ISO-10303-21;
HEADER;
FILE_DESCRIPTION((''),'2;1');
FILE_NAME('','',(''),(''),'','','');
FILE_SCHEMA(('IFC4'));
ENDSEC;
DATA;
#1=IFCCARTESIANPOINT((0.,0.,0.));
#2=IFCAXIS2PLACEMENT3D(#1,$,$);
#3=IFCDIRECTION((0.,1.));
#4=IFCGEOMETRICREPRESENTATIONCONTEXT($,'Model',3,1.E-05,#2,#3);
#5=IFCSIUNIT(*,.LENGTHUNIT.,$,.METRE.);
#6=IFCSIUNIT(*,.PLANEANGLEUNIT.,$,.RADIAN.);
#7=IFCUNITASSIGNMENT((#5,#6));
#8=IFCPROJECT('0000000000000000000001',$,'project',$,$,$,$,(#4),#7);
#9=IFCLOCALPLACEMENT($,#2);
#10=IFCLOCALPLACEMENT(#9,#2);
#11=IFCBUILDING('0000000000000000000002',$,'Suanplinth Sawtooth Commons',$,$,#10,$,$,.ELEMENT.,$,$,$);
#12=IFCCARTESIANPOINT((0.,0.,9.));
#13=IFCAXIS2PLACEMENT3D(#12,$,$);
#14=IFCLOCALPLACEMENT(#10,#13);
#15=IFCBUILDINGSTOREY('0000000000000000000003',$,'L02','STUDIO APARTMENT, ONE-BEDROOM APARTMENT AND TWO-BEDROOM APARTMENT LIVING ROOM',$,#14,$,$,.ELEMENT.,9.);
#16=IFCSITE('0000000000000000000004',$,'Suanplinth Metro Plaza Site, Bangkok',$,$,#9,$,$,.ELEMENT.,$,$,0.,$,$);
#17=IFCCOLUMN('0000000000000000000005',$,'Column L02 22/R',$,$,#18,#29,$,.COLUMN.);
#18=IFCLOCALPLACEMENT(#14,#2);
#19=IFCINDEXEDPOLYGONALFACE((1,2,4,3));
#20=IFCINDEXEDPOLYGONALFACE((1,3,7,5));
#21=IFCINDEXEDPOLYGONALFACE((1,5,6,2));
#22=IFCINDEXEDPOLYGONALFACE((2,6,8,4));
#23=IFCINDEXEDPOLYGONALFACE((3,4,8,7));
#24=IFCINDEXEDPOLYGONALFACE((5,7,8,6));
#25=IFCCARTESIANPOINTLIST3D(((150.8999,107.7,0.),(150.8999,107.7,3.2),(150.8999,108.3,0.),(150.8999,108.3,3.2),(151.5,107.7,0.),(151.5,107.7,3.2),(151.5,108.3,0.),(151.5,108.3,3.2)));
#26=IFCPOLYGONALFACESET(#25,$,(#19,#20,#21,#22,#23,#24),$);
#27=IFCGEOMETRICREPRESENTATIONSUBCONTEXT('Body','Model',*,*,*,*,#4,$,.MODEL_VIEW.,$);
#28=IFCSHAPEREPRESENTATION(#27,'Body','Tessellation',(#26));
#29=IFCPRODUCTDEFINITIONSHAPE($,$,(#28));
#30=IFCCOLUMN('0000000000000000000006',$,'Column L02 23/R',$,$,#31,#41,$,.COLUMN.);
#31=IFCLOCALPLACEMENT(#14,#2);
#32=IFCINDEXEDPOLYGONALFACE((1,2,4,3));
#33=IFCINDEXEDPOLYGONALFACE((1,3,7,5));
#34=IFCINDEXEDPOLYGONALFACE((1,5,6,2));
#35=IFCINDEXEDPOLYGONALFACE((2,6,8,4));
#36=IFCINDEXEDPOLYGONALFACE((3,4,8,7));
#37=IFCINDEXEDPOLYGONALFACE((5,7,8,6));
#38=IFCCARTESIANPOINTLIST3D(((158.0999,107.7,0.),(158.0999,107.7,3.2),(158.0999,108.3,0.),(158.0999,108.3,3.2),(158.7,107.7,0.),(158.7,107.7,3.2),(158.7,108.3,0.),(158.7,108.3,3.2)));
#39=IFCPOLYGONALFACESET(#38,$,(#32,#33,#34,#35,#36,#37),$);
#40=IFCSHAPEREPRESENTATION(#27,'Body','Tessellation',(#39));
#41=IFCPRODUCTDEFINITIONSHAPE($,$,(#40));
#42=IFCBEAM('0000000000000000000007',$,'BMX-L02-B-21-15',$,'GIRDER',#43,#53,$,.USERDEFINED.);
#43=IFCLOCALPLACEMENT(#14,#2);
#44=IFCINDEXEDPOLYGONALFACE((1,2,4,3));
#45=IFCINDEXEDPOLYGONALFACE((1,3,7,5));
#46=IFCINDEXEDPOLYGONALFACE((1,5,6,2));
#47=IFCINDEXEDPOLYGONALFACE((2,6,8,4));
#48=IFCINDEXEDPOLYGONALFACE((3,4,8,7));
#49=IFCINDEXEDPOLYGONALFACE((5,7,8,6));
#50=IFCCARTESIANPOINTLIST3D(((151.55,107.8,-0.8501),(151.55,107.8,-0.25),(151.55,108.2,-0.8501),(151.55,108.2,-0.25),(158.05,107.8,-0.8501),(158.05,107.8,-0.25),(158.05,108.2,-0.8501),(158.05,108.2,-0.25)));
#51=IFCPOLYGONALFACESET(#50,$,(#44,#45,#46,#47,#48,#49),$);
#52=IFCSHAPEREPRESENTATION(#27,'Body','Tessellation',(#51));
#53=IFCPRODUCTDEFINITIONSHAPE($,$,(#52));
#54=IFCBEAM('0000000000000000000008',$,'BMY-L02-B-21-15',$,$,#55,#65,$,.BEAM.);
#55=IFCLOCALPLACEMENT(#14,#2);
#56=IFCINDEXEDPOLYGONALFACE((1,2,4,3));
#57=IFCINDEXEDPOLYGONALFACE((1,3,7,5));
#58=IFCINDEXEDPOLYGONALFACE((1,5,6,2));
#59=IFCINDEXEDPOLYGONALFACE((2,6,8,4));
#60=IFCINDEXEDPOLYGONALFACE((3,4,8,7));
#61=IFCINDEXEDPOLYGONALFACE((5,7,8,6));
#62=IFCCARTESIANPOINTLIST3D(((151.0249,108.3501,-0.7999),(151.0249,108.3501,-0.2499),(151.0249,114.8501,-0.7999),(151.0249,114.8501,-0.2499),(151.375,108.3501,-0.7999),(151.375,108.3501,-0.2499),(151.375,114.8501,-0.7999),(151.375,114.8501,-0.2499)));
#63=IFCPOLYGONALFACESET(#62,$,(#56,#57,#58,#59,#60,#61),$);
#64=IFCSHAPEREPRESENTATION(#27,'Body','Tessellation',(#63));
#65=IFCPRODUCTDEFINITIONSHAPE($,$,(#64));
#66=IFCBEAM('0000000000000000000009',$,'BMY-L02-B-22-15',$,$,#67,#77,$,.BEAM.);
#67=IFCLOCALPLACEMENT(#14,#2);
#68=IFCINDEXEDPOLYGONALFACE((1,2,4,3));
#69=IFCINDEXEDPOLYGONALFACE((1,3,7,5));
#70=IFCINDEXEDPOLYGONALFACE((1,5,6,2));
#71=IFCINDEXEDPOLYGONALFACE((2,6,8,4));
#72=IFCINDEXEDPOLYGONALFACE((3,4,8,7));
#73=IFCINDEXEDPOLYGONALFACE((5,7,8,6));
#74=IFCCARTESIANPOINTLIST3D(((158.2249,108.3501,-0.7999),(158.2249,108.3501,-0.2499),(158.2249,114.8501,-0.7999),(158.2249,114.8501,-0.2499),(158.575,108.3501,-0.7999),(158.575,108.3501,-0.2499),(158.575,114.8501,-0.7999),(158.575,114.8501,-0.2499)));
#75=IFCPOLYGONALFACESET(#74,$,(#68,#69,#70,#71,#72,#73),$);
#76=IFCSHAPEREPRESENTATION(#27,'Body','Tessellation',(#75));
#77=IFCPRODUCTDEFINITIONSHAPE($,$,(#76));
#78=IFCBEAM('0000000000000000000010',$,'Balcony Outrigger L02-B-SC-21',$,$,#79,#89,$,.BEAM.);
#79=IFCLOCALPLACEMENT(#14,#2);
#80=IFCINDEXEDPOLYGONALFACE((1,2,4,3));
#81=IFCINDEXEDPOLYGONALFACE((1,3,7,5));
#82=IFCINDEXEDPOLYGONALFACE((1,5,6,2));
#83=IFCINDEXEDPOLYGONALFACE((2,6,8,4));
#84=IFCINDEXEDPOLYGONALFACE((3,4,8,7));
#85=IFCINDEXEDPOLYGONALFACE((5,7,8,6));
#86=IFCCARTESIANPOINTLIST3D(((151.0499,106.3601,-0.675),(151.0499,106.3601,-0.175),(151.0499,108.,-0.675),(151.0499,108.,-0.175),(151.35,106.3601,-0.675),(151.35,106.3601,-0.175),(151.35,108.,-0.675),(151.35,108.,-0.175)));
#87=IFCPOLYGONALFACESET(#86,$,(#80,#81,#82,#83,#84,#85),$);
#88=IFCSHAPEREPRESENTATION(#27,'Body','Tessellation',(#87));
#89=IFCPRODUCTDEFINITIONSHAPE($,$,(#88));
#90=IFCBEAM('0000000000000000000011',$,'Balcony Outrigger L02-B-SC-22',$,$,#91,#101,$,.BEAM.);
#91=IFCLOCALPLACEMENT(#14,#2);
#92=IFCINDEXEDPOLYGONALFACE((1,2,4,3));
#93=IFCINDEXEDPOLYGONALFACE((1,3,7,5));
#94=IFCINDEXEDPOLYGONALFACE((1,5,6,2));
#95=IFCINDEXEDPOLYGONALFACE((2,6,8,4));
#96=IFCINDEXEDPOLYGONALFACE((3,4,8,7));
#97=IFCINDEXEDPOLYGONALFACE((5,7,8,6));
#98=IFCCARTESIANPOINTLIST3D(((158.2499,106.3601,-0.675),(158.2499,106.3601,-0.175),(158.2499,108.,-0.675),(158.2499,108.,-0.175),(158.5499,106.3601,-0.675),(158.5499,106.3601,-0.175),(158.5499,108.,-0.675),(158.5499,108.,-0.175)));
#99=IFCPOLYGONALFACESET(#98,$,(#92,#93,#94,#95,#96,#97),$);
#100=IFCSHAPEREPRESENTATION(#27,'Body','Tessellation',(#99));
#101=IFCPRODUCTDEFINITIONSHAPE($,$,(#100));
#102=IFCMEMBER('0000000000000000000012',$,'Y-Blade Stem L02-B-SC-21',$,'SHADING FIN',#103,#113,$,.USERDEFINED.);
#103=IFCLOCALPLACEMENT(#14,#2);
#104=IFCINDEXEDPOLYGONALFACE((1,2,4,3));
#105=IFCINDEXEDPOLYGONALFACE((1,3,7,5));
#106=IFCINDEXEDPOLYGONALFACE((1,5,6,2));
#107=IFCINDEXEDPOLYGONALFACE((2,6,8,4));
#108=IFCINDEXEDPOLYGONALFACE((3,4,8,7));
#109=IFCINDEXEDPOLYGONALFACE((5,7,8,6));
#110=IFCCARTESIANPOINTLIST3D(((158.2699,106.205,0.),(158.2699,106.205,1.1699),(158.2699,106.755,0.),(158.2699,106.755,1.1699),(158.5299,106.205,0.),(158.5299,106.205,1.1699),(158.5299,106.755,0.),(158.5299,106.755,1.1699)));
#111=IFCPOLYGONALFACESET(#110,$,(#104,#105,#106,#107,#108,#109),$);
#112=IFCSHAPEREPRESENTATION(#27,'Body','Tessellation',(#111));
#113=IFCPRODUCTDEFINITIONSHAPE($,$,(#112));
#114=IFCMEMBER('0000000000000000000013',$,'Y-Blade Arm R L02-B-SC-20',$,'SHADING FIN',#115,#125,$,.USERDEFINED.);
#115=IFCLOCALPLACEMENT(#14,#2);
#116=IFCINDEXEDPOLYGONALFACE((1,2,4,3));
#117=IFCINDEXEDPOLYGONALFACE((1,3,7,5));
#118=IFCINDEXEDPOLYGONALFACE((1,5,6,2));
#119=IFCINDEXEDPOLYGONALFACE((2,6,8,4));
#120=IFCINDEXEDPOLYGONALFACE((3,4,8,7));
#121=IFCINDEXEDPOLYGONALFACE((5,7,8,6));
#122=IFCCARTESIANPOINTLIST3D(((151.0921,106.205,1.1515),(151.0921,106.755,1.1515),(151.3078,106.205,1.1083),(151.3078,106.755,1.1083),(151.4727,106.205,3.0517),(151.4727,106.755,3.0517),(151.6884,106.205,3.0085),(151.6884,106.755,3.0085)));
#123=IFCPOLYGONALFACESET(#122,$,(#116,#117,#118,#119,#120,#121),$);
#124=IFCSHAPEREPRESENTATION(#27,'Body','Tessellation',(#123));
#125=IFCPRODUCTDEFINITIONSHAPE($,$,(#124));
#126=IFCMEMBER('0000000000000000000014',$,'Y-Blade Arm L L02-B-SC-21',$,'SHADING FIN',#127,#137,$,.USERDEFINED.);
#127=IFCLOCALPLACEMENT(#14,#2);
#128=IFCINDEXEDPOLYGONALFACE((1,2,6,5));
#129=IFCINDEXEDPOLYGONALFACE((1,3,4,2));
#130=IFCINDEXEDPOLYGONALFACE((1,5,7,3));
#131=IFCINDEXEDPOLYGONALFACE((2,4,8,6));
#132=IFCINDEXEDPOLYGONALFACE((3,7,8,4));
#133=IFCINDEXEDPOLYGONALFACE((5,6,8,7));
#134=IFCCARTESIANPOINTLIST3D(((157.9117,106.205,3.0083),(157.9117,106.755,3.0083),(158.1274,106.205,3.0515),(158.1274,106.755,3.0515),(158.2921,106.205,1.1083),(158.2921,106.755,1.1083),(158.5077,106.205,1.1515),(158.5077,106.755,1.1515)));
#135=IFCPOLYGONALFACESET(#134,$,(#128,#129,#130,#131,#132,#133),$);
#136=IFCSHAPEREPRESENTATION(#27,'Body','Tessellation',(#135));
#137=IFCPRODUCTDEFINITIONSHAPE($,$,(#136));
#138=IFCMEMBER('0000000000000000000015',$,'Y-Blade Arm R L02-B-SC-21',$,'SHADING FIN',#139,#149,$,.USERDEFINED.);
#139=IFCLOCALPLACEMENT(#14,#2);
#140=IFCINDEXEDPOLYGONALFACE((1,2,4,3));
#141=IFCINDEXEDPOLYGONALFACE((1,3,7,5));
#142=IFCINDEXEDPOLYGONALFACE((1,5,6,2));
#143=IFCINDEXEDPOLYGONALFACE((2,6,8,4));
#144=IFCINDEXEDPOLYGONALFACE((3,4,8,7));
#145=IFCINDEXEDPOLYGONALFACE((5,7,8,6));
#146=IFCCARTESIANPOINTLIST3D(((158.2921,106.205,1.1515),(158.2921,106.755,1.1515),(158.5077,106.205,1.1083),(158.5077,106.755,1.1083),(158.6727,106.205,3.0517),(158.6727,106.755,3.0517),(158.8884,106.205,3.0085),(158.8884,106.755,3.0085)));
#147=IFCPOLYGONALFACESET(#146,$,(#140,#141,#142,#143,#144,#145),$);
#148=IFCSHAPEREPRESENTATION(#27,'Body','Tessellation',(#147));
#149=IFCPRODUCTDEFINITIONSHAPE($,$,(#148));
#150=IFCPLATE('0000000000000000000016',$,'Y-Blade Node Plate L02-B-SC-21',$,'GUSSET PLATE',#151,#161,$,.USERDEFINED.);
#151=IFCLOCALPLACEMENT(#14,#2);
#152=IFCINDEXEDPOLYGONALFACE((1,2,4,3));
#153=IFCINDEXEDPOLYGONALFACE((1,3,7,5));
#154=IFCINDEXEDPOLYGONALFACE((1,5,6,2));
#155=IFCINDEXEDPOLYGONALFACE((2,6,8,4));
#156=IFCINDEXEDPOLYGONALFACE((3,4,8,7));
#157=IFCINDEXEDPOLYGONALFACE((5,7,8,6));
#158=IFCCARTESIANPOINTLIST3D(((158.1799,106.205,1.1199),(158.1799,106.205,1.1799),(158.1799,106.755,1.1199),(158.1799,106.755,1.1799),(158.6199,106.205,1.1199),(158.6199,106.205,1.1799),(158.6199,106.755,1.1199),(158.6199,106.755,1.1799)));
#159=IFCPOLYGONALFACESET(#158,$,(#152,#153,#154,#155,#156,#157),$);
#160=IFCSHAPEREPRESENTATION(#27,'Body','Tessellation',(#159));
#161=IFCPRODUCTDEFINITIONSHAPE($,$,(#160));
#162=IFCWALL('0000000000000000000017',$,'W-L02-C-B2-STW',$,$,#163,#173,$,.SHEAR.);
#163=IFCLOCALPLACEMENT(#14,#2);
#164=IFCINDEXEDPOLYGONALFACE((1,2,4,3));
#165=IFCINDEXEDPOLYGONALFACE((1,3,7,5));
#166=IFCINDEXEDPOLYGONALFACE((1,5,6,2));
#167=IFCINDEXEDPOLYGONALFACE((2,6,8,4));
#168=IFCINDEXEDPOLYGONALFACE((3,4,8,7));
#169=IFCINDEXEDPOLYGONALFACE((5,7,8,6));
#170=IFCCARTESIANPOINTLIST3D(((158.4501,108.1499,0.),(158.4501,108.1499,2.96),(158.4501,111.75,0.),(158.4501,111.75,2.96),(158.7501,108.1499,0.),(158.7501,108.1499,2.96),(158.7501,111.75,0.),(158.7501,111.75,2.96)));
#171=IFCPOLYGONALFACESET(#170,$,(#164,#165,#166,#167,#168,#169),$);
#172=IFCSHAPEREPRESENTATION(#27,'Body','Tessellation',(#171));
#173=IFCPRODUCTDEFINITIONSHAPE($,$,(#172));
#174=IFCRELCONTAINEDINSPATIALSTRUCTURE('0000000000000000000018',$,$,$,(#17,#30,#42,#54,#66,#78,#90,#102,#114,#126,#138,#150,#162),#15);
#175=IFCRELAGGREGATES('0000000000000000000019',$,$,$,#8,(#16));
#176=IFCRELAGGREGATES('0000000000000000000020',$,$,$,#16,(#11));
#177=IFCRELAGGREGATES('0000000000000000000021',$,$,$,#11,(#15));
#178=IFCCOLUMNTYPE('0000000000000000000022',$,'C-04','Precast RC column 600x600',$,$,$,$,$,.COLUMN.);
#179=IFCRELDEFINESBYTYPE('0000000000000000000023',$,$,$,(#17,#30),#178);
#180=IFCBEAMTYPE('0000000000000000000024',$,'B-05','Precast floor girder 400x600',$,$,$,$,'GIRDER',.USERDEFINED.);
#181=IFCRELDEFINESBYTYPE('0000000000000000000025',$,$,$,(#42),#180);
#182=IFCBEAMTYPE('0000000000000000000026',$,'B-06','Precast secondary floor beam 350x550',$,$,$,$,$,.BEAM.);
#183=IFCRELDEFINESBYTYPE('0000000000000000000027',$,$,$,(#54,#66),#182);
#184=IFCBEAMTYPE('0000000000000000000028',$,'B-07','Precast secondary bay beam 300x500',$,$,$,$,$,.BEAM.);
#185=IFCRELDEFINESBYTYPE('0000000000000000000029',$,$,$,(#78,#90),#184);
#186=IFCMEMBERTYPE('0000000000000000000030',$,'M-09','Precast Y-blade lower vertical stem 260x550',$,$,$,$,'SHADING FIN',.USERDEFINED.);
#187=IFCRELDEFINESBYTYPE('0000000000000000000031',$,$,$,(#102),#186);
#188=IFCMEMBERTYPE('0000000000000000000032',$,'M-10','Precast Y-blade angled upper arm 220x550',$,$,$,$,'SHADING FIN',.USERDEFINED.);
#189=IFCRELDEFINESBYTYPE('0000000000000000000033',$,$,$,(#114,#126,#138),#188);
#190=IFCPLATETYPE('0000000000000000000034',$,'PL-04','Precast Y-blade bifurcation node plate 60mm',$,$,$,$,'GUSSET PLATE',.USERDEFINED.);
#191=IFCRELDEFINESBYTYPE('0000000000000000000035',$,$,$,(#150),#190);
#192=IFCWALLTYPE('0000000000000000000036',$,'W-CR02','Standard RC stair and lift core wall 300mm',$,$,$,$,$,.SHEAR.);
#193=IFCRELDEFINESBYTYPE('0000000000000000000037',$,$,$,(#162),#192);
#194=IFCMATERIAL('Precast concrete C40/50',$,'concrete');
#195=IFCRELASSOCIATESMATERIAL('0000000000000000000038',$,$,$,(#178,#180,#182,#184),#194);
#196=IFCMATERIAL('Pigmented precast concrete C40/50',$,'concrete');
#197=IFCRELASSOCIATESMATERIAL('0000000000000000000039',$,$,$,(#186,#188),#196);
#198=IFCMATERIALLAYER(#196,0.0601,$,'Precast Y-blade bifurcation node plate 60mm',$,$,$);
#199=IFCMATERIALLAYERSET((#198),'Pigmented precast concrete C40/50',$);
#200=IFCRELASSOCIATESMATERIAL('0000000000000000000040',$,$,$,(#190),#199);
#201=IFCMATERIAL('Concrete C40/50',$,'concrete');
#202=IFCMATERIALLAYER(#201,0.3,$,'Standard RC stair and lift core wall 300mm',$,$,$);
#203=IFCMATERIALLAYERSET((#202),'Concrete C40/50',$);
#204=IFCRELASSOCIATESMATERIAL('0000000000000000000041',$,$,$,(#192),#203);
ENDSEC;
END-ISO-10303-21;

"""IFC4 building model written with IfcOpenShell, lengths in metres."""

from ifc_helpers import new_model, si_unit, direction, frame, frame_2d, origin, origin_2d, place, context, subcontext, project, spatial, rectangle, extrude, material, layer, layer_set, material_profile, profile_set, type_object, element, save


model = new_model("IFC4")

# Units and contexts
model_context = context("Model", 3, precision=1e-05, world=origin(), true_north=direction((0.0, 1.0)))
body_context = subcontext(model_context, "Body", "Model", "MODEL_VIEW")
ifc_project = project(units=[si_unit("LENGTHUNIT", "METRE"), si_unit("PLANEANGLEUNIT", "RADIAN")], contexts=[model_context])

# Site, building, storey
site_placement = place(None, origin())
site = spatial("IfcSite", under=ifc_project, at=site_placement, Name="Suanplinth Metro Plaza Site, Bangkok", CompositionType="ELEMENT", RefElevation=0.0)
building_placement = place(site_placement, origin())
building = spatial("IfcBuilding", under=site, at=building_placement, Name="Suanplinth Sawtooth Commons", CompositionType="ELEMENT")
storey_placement = place(building_placement, frame((0.0, 0.0, 9.0)))
storey = spatial("IfcBuildingStorey", under=building, at=storey_placement, Name="L02", Description="STUDIO APARTMENT, ONE-BEDROOM APARTMENT AND TWO-BEDROOM APARTMENT LIVING ROOM", CompositionType="ELEMENT", Elevation=9.0)

# Columns
ifc_material_1 = material(Name="Precast concrete C40/50", Category="concrete")
ifc_material_profile_1 = material_profile(ifc_material_1, rectangle(XDim=0.6001, YDim=0.6001, at=origin_2d()), Name="PC-COL 600x600")
ifc_profile_set_1 = profile_set([ifc_material_profile_1], Name="Precast concrete C40/50")
column_type = type_object("IfcColumnType", Name="C-04", Description="Precast RC column 600x600", PredefinedType="COLUMN", material=ifc_profile_set_1)
for number, where, z_axis, x_axis, name in (
    (1, (151.2, 108.0, 0.0), (0.0, 0.0, 1.0), (1.0, 0.0, 0.0), "Column L02 22/R"),
    (2, (158.3999, 108.0, 0.0), (0.0, 0.0, 1.0), (1.0, 0.0, 0.0), "Column L02 23/R"),
):
    element("IfcColumn", number, at=place(storey_placement, frame(where, z_axis=z_axis, x_axis=x_axis)), inside=storey, type_object=column_type, Name=name, PredefinedType="COLUMN", context=body_context, shape_type="SweptSolid", body=[
        extrude(rectangle(XDim=0.6001, YDim=0.6001, at=origin_2d()), origin(), (0.0, 0.0, 1.0), 3.2),
    ])

# Beams
ifc_material_profile_2 = material_profile(ifc_material_1, rectangle(XDim=0.3999, YDim=0.6001, at=origin_2d()), Name="PC-GDR 400x600")
ifc_profile_set_2 = profile_set([ifc_material_profile_2], Name="Precast concrete C40/50")
beam_type_1 = type_object("IfcBeamType", Name="B-05", Description="Precast floor girder 400x600", ElementType="GIRDER", PredefinedType="USERDEFINED", material=ifc_profile_set_2)
beam_placement = place(storey_placement, frame((151.55, 108.0, -0.55), z_axis=(1.0, 0.0, 0.0), x_axis=(0.0, 1.0, 0.0)))
element("IfcBeam", 3, at=beam_placement, inside=storey, type_object=beam_type_1, Name="BMX-L02-B-21-15", ObjectType="GIRDER", PredefinedType="USERDEFINED", context=body_context, shape_type="SweptSolid", body=[
    extrude(rectangle(XDim=0.3999, YDim=0.6001, at=origin_2d()), origin(), (0.0, 0.0, 1.0), 6.5),
])
ifc_material_profile_3 = material_profile(ifc_material_1, rectangle(XDim=0.3501, YDim=0.55, at=origin_2d()), Name="PC-BM 350x550")
ifc_profile_set_3 = profile_set([ifc_material_profile_3], Name="Precast concrete C40/50")
beam_type_2 = type_object("IfcBeamType", Name="B-06", Description="Precast secondary floor beam 350x550", PredefinedType="BEAM", material=ifc_profile_set_3)
for number, where, z_axis, x_axis, name in (
    (4, (151.2, 108.3501, -0.5249), (0.0, 1.0, 0.0), (-1.0, 0.0, 0.0), "BMY-L02-B-21-15"),
    (5, (158.3999, 108.3501, -0.5249), (0.0, 1.0, 0.0), (-1.0, 0.0, 0.0), "BMY-L02-B-22-15"),
):
    element("IfcBeam", number, at=place(storey_placement, frame(where, z_axis=z_axis, x_axis=x_axis)), inside=storey, type_object=beam_type_2, Name=name, PredefinedType="BEAM", context=body_context, shape_type="SweptSolid", body=[
        extrude(rectangle(XDim=0.3501, YDim=0.55, at=origin_2d()), origin(), (0.0, 0.0, 1.0), 6.5),
    ])
ifc_material_profile_4 = material_profile(ifc_material_1, rectangle(XDim=0.3, YDim=0.5, at=origin_2d()), Name="PC-BM 300x500")
ifc_profile_set_4 = profile_set([ifc_material_profile_4], Name="Precast concrete C40/50")
beam_type_3 = type_object("IfcBeamType", Name="B-07", Description="Precast secondary bay beam 300x500", PredefinedType="BEAM", material=ifc_profile_set_4)
for number, where, z_axis, x_axis, name in (
    (6, (151.2, 108.0, -0.425), (0.0, -1.0, 0.0), (1.0, 0.0, 0.0), "Balcony Outrigger L02-B-SC-21"),
    (7, (158.3999, 108.0, -0.425), (0.0, -1.0, 0.0), (1.0, 0.0, 0.0), "Balcony Outrigger L02-B-SC-22"),
):
    element("IfcBeam", number, at=place(storey_placement, frame(where, z_axis=z_axis, x_axis=x_axis)), inside=storey, type_object=beam_type_3, Name=name, PredefinedType="BEAM", context=body_context, shape_type="SweptSolid", body=[
        extrude(rectangle(XDim=0.3, YDim=0.5, at=origin_2d()), origin(), (0.0, 0.0, 1.0), 1.6399),
    ])

# Members
ifc_material_2 = material(Name="Pigmented precast concrete C40/50", Category="concrete")
ifc_material_profile_5 = material_profile(ifc_material_2, rectangle(XDim=0.26, YDim=0.55, at=origin_2d()), Name="PC-FIN 260x550")
ifc_profile_set_5 = profile_set([ifc_material_profile_5], Name="Pigmented precast concrete C40/50")
member_type_1 = type_object("IfcMemberType", Name="M-09", Description="Precast Y-blade lower vertical stem 260x550", ElementType="SHADING FIN", PredefinedType="USERDEFINED", material=ifc_profile_set_5)
member_1_placement = place(storey_placement, frame((158.3999, 106.48, 0.0), z_axis=(0.0, 0.0, 1.0), x_axis=(1.0, 0.0, 0.0)))
element("IfcMember", 8, at=member_1_placement, inside=storey, type_object=member_type_1, Name="Y-Blade Stem L02-B-SC-21", ObjectType="SHADING FIN", PredefinedType="USERDEFINED", context=body_context, shape_type="SweptSolid", body=[
    extrude(rectangle(XDim=0.26, YDim=0.55, at=origin_2d()), origin(), (0.0, 0.0, 1.0), 1.1699),
])
ifc_material_profile_6 = material_profile(ifc_material_2, rectangle(XDim=0.22, YDim=0.55, at=origin_2d()), Name="PC-FIN 220x550")
ifc_profile_set_6 = profile_set([ifc_material_profile_6], Name="Pigmented precast concrete C40/50")
member_type_2 = type_object("IfcMemberType", Name="M-10", Description="Precast Y-blade angled upper arm 220x550", ElementType="SHADING FIN", PredefinedType="USERDEFINED", material=ifc_profile_set_6)
member_2_placement = place(storey_placement, frame((151.2, 106.48, 1.1299), z_axis=(0.196407, 0.0, 0.980522), x_axis=(-0.980522, 0.0, 0.196407)))
element("IfcMember", 9, at=member_2_placement, inside=storey, type_object=member_type_2, Name="Y-Blade Arm R L02-B-SC-20", ObjectType="SHADING FIN", PredefinedType="USERDEFINED", context=body_context, shape_type="SweptSolid", body=[
    extrude(rectangle(XDim=0.22, YDim=0.55, at=origin_2d()), origin(), (0.0, 0.0, 1.0), 1.938),
])
member_3_placement = place(storey_placement, frame((158.3999, 106.48, 1.1299), z_axis=(-0.196286, 0.0, 0.980547), x_axis=(0.980547, 0.0, 0.196286)))
element("IfcMember", 10, at=member_3_placement, inside=storey, type_object=member_type_2, Name="Y-Blade Arm L L02-B-SC-21", ObjectType="SHADING FIN", PredefinedType="USERDEFINED", context=body_context, shape_type="SweptSolid", body=[
    extrude(rectangle(XDim=0.22, YDim=0.55, at=origin_2d()), origin(), (0.0, 0.0, 1.0), 1.9377),
])
member_4_placement = place(storey_placement, frame((158.3999, 106.48, 1.1299), z_axis=(0.196407, 0.0, 0.980522), x_axis=(-0.980522, 0.0, 0.196407)))
element("IfcMember", 11, at=member_4_placement, inside=storey, type_object=member_type_2, Name="Y-Blade Arm R L02-B-SC-21", ObjectType="SHADING FIN", PredefinedType="USERDEFINED", context=body_context, shape_type="SweptSolid", body=[
    extrude(rectangle(XDim=0.22, YDim=0.55, at=origin_2d()), origin(), (0.0, 0.0, 1.0), 1.938),
])

# Plate
ifc_layer_1 = layer(ifc_material_2, 0.0601, Name="Precast Y-blade bifurcation node plate 60mm")
ifc_layer_set_1 = layer_set([ifc_layer_1], Name="Pigmented precast concrete C40/50")
plate_type = type_object("IfcPlateType", Name="PL-04", Description="Precast Y-blade bifurcation node plate 60mm", ElementType="GUSSET PLATE", PredefinedType="USERDEFINED", material=ifc_layer_set_1)
plate_placement = place(storey_placement, frame((158.3999, 106.48, 1.1199), z_axis=(0.0, 0.0, 1.0), x_axis=(1.0, 0.0, 0.0)))
element("IfcPlate", 12, at=plate_placement, inside=storey, type_object=plate_type, Name="Y-Blade Node Plate L02-B-SC-21", ObjectType="GUSSET PLATE", PredefinedType="USERDEFINED", context=body_context, shape_type="SweptSolid", body=[
    extrude(rectangle(XDim=0.4399, YDim=0.55, at=origin_2d()), origin(), (0.0, 0.0, 1.0), 0.0601),
])

# Wall
ifc_material_3 = material(Name="Concrete C40/50", Category="concrete")
ifc_layer_2 = layer(ifc_material_3, 0.3, Name="Standard RC stair and lift core wall 300mm")
ifc_layer_set_2 = layer_set([ifc_layer_2], Name="Concrete C40/50")
wall_type_1 = type_object("IfcWallType", Name="W-CR02", Description="Standard RC stair and lift core wall 300mm", PredefinedType="SHEAR", material=ifc_layer_set_2)
wall_1_placement = place(storey_placement, frame((158.6001, 108.1499, 0.0), z_axis=(0.0, 0.0, 1.0), x_axis=(0.0, 1.0, 0.0)))
element("IfcWall", 13, at=wall_1_placement, inside=storey, type_object=wall_type_1, Name="W-L02-C-B2-STW", PredefinedType="SHEAR", context=body_context, shape_type="SweptSolid", body=[
    extrude(rectangle(XDim=3.6001, YDim=0.3, at=frame_2d((1.8, 0.0))), origin(), (0.0, 0.0, 1.0), 2.96),
])

save(model, "model.ifc")
